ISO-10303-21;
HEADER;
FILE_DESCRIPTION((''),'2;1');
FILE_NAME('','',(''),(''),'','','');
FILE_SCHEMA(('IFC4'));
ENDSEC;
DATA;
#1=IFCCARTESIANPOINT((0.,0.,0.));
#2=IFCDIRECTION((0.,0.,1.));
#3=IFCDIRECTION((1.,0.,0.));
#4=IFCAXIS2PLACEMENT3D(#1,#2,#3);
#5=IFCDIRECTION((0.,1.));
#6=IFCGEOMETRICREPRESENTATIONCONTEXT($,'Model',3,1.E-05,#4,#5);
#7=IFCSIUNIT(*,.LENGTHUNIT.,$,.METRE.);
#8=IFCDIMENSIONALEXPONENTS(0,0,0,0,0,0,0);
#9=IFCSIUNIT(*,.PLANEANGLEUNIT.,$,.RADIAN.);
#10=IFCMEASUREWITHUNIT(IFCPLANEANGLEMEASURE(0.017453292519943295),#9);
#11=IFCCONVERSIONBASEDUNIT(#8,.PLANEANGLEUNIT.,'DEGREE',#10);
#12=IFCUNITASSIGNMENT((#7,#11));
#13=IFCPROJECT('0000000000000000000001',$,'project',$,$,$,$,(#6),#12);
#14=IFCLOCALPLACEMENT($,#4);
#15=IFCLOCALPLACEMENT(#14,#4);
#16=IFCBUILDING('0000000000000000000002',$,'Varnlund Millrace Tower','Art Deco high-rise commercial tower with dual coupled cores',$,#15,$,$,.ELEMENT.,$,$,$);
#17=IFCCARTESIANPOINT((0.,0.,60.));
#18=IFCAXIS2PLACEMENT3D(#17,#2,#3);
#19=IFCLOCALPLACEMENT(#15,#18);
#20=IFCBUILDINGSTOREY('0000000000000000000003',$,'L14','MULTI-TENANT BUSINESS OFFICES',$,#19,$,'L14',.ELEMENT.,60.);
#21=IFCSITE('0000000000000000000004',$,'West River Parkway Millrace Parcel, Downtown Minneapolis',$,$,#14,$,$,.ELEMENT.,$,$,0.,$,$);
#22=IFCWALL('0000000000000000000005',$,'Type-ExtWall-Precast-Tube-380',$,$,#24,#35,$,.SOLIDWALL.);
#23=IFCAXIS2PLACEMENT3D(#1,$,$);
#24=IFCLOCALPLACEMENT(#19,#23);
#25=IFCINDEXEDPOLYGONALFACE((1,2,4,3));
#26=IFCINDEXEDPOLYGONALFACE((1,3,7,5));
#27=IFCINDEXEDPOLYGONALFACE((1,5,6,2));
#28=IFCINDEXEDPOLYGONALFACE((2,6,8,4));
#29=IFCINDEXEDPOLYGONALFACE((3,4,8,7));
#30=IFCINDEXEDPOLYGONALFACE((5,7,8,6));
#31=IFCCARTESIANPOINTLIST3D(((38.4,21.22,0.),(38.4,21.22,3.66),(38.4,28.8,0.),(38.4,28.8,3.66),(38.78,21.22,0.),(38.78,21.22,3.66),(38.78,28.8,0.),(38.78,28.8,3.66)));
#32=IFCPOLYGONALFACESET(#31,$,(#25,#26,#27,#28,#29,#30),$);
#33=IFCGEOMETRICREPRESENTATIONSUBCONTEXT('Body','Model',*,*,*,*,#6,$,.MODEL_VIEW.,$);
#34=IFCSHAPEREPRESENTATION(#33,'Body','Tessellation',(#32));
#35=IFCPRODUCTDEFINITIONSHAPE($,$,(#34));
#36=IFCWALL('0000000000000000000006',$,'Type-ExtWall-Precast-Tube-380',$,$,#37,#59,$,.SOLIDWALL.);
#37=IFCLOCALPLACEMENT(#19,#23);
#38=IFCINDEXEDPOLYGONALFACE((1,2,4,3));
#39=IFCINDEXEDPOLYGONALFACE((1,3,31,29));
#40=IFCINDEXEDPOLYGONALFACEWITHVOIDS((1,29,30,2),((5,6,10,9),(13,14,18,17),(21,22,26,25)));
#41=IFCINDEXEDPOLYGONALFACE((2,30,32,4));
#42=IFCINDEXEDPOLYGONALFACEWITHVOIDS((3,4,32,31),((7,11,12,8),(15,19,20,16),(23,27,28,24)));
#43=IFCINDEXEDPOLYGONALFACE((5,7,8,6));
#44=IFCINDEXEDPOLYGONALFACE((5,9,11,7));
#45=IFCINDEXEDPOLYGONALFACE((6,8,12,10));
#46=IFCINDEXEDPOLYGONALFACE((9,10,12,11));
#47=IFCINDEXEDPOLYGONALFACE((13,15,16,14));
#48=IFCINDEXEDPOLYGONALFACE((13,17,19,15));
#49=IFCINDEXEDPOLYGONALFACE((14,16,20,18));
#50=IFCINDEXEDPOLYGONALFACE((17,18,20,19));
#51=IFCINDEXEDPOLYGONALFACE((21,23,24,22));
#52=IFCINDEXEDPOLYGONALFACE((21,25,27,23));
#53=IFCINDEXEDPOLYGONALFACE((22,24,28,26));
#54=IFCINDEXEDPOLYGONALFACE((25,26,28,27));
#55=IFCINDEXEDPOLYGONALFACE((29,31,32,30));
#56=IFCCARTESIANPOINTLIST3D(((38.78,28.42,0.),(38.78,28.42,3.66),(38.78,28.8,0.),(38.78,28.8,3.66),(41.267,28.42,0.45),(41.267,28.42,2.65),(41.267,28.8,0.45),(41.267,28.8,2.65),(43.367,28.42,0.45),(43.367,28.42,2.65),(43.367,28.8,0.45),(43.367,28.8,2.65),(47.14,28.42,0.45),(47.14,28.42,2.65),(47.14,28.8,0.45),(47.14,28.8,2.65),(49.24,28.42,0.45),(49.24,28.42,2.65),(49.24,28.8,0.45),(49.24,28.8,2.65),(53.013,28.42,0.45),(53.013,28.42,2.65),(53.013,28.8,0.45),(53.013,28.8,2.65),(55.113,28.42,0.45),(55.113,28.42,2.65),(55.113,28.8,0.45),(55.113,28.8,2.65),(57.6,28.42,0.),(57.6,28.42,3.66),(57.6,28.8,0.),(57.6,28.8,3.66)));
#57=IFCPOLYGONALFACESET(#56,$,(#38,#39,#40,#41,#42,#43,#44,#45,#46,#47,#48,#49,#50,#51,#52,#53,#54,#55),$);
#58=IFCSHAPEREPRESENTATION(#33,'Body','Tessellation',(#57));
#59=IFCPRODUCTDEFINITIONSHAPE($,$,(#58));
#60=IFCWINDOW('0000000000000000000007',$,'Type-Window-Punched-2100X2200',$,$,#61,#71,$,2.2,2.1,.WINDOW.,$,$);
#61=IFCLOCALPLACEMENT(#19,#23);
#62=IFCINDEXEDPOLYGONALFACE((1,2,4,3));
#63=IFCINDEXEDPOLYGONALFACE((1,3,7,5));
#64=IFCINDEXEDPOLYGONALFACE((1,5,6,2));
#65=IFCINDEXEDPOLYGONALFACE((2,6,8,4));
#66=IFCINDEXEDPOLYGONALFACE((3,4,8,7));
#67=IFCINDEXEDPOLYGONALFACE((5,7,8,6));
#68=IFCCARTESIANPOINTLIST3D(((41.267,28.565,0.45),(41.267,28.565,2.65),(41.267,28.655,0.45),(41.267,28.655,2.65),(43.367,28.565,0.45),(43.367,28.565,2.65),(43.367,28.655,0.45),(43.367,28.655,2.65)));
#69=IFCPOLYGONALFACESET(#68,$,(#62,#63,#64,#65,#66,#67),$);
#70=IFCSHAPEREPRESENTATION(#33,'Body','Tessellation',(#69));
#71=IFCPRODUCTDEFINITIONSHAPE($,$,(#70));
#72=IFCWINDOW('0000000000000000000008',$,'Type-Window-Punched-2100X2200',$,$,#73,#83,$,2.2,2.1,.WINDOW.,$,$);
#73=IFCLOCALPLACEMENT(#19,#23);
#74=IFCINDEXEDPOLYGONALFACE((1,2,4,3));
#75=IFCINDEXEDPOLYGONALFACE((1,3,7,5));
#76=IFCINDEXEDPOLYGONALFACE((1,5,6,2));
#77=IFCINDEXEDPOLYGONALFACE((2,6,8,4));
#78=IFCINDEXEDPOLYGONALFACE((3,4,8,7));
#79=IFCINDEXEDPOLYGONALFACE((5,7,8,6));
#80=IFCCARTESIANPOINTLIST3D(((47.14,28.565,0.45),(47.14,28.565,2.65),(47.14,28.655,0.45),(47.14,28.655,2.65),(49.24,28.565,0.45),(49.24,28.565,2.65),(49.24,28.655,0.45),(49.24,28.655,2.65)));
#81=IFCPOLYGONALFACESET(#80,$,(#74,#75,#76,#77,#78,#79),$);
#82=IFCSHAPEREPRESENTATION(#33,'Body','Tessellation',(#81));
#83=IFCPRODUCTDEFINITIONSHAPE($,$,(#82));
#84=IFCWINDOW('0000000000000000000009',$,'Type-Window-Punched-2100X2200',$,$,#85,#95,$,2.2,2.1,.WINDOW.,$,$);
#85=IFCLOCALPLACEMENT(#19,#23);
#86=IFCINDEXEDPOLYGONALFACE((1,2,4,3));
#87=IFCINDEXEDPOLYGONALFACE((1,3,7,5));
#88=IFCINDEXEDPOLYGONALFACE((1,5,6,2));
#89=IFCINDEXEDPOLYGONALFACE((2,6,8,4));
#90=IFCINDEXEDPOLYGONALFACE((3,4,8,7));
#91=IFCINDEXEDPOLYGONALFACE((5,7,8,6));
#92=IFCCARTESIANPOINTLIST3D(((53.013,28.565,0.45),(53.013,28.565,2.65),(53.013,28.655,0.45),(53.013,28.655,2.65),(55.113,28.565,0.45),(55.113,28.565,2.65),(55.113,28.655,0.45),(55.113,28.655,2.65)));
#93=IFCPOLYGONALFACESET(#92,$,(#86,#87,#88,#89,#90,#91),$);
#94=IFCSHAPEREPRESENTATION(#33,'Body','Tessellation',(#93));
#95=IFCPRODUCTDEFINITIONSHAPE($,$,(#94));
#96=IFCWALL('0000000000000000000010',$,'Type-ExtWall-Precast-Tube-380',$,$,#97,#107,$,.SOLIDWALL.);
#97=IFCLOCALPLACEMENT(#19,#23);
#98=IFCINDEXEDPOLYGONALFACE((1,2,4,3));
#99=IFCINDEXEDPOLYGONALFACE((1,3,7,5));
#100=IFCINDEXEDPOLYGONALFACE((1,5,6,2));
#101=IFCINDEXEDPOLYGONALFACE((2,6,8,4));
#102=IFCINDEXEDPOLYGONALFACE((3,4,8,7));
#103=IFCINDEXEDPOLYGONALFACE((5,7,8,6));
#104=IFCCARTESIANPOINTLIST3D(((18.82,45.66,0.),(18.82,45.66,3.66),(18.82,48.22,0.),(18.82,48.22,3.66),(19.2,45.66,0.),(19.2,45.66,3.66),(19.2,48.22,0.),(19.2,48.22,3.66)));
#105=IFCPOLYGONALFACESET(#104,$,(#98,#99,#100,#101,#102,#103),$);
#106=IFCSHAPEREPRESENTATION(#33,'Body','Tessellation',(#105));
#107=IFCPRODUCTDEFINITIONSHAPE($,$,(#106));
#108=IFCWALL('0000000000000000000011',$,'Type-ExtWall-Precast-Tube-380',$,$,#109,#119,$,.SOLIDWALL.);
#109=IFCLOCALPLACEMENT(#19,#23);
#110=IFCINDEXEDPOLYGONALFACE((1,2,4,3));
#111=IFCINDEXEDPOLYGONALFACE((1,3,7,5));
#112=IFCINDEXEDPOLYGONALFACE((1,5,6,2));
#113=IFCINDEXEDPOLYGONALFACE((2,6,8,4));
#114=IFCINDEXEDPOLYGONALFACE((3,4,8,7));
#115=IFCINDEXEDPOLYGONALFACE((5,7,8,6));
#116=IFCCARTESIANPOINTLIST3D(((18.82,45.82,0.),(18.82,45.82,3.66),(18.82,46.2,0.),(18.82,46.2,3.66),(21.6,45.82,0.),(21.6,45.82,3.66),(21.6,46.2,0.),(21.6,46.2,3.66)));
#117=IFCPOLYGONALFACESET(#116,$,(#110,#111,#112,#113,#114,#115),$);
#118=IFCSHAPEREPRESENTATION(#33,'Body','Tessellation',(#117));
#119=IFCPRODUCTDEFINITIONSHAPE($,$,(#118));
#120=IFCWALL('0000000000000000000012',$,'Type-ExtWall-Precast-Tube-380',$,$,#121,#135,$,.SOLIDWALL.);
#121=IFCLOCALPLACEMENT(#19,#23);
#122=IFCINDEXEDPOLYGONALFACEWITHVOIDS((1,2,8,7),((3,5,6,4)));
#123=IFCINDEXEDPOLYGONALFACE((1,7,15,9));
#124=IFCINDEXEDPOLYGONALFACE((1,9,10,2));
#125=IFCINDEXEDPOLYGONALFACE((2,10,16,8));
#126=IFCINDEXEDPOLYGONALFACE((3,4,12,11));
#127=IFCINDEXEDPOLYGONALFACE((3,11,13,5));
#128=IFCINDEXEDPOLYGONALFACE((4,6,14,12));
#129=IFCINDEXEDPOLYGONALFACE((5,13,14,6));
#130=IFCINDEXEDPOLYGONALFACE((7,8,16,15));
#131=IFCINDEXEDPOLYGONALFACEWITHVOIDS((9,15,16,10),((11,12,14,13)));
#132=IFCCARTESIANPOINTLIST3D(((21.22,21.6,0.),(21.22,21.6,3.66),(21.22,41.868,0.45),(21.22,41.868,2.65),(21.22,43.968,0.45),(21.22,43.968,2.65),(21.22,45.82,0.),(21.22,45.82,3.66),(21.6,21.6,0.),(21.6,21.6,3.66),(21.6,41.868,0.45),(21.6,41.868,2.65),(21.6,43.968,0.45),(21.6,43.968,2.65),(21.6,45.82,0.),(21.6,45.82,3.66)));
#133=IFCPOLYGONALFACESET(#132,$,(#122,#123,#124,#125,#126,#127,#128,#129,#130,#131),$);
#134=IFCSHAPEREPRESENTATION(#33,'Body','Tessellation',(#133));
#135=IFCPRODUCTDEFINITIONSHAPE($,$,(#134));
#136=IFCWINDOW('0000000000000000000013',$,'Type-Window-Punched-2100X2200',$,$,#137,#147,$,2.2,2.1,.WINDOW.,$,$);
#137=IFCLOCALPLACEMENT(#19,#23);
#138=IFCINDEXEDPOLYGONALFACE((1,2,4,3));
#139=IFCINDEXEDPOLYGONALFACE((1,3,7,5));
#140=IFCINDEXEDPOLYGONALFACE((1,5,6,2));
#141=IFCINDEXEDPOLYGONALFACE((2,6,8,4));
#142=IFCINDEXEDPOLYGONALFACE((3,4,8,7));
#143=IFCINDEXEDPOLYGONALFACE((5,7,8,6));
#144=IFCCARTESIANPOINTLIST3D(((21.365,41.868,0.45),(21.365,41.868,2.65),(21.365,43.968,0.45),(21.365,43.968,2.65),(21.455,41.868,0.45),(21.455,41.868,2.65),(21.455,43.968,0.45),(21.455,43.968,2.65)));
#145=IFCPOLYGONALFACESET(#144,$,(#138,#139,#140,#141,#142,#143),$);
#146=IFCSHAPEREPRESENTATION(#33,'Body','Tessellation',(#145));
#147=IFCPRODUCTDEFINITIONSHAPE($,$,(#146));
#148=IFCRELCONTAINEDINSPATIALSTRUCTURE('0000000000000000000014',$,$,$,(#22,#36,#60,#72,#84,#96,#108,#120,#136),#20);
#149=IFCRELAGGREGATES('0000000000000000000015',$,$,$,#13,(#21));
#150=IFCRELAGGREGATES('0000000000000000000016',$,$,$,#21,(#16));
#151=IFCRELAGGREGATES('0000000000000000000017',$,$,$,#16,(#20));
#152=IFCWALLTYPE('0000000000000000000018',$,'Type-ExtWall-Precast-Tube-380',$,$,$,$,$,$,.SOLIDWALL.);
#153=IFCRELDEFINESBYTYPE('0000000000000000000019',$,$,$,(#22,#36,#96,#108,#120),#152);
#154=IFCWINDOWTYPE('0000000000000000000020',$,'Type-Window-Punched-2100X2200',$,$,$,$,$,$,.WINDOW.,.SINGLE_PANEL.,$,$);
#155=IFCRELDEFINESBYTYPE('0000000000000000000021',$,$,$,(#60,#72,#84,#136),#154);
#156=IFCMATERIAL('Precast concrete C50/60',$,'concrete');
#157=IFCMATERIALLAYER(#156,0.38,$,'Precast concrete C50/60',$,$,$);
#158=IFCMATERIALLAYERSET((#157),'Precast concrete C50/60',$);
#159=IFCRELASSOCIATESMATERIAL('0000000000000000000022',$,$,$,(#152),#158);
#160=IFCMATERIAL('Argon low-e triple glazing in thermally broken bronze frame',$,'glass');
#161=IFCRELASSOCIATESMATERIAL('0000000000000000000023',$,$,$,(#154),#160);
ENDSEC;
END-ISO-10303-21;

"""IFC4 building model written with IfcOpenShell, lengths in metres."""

from ifc_helpers import new_model, entity, si_unit, converted_unit, direction, frame, origin_with_axes, origin_2d_with_axis, place, context, subcontext, project, spatial, polyline, rectangle, outline, extrude, material, layer, layer_set, type_object, element, fill, save


model = new_model("IFC4")

# Units and contexts
model_context = context("Model", 3, precision=1e-05, world=origin_with_axes(), true_north=direction((0.0, 1.0)))
body_context = subcontext(model_context, "Body", "Model", "MODEL_VIEW")
ifc_project = project(units=[si_unit("LENGTHUNIT", "METRE"), converted_unit("PLANEANGLEUNIT", "DEGREE", entity("IfcPlaneAngleMeasure", 0.017453292519943295), si_unit("PLANEANGLEUNIT", "RADIAN"), dimensions=[0, 0, 0, 0, 0, 0, 0])], contexts=[model_context])

# Site, building, storey
site_placement = place(None, origin_with_axes())
site = spatial("IfcSite", under=ifc_project, at=site_placement, Name="West River Parkway Millrace Parcel, Downtown Minneapolis", CompositionType="ELEMENT", RefElevation=0.0)
building_placement = place(site_placement, origin_with_axes())
building = spatial("IfcBuilding", under=site, at=building_placement, Name="Varnlund Millrace Tower", Description="Art Deco high-rise commercial tower with dual coupled cores", CompositionType="ELEMENT")
storey_placement = place(building_placement, frame((0.0, 0.0, 60.0), z_axis=(0.0, 0.0, 1.0), x_axis=(1.0, 0.0, 0.0)))
storey = spatial("IfcBuildingStorey", under=building, at=storey_placement, Name="L14", Description="MULTI-TENANT BUSINESS OFFICES", LongName="L14", CompositionType="ELEMENT", Elevation=60.0)

# Wall
ifc_material_1 = material(Name="Precast concrete C50/60", Category="concrete")
ifc_layer_1 = layer(ifc_material_1, 0.38, Name="Precast concrete C50/60")
ifc_layer_set_1 = layer_set([ifc_layer_1], Name="Precast concrete C50/60")
wall_type_1 = type_object("IfcWallType", Name="Type-ExtWall-Precast-Tube-380", PredefinedType="SOLIDWALL", material=ifc_layer_set_1)
wall_1_placement = place(storey_placement, frame((38.59, 21.22, 0.0), z_axis=(0.0, 0.0, 1.0), x_axis=(0.0, 1.0, 0.0)))
element("IfcWall", 1, at=wall_1_placement, inside=storey, type_object=wall_type_1, Name="Type-ExtWall-Precast-Tube-380", PredefinedType="SOLIDWALL", context=body_context, shape_type="SweptSolid", body=[
    extrude(outline(polyline([(0.0, -0.19), (7.58, -0.19), (7.58, 0.19), (0.0, 0.19), (0.0, -0.19)])), origin_with_axes(), (0.0, 0.0, 1.0), 3.66),
])

# Wall, openings, windows
wall_2_placement = place(storey_placement, frame((38.78, 28.61, 0.0), z_axis=(0.0, 0.0, 1.0), x_axis=(1.0, 0.0, 0.0)))
wall_2 = element("IfcWall", 2, at=wall_2_placement, inside=storey, type_object=wall_type_1, Name="Type-ExtWall-Precast-Tube-380", PredefinedType="SOLIDWALL", context=body_context, shape_type="SweptSolid", body=[
    extrude(outline(polyline([(0.0, -0.19), (18.82, -0.19), (18.82, 0.19), (0.0, 0.19), (0.0, -0.19)])), origin_with_axes(), (0.0, 0.0, 1.0), 3.66),
])
opening_1_placement = place(wall_2_placement, frame((3.537, 0.0, 0.45), z_axis=(0.0, 0.0, 1.0), x_axis=(1.0, 0.0, 0.0)))
opening_1 = element("IfcOpeningElement", 3, at=opening_1_placement, cuts=wall_2, PredefinedType="OPENING", context=body_context, shape_type="SweptSolid", body=[
    extrude(rectangle(XDim=2.1, YDim=0.4, at=origin_2d_with_axis()), origin_with_axes(), (0.0, 0.0, 1.0), 2.2),
])
opening_2_placement = place(wall_2_placement, frame((9.41, 0.0, 0.45), z_axis=(0.0, 0.0, 1.0), x_axis=(1.0, 0.0, 0.0)))
opening_2 = element("IfcOpeningElement", 4, at=opening_2_placement, cuts=wall_2, PredefinedType="OPENING", context=body_context, shape_type="SweptSolid", body=[
    extrude(rectangle(XDim=2.1, YDim=0.4, at=origin_2d_with_axis()), origin_with_axes(), (0.0, 0.0, 1.0), 2.2),
])
opening_3_placement = place(wall_2_placement, frame((15.283, 0.0, 0.45), z_axis=(0.0, 0.0, 1.0), x_axis=(1.0, 0.0, 0.0)))
opening_3 = element("IfcOpeningElement", 5, at=opening_3_placement, cuts=wall_2, PredefinedType="OPENING", context=body_context, shape_type="SweptSolid", body=[
    extrude(rectangle(XDim=2.1, YDim=0.4, at=origin_2d_with_axis()), origin_with_axes(), (0.0, 0.0, 1.0), 2.2),
])
ifc_material_2 = material(Name="Argon low-e triple glazing in thermally broken bronze frame", Category="glass")
window_type = type_object("IfcWindowType", Name="Type-Window-Punched-2100X2200", PartitioningType="SINGLE_PANEL", PredefinedType="WINDOW", material=ifc_material_2)
window_1_placement = place(wall_2_placement, frame((3.537, 0.0, 0.45), z_axis=(0.0, 0.0, 1.0), x_axis=(1.0, 0.0, 0.0)))
window_1 = element("IfcWindow", 6, at=window_1_placement, inside=storey, type_object=window_type, Name="Type-Window-Punched-2100X2200", OverallHeight=2.2, OverallWidth=2.1, PredefinedType="WINDOW", context=body_context, shape_type="SweptSolid", body=[
    extrude(rectangle(XDim=2.1, YDim=0.09, at=origin_2d_with_axis()), origin_with_axes(), (0.0, 0.0, 1.0), 2.2),
])
fill(opening_1, window_1)
window_2_placement = place(wall_2_placement, frame((9.41, 0.0, 0.45), z_axis=(0.0, 0.0, 1.0), x_axis=(1.0, 0.0, 0.0)))
window_2 = element("IfcWindow", 7, at=window_2_placement, inside=storey, type_object=window_type, Name="Type-Window-Punched-2100X2200", OverallHeight=2.2, OverallWidth=2.1, PredefinedType="WINDOW", context=body_context, shape_type="SweptSolid", body=[
    extrude(rectangle(XDim=2.1, YDim=0.09, at=origin_2d_with_axis()), origin_with_axes(), (0.0, 0.0, 1.0), 2.2),
])
fill(opening_2, window_2)
window_3_placement = place(wall_2_placement, frame((15.283, 0.0, 0.45), z_axis=(0.0, 0.0, 1.0), x_axis=(1.0, 0.0, 0.0)))
window_3 = element("IfcWindow", 8, at=window_3_placement, inside=storey, type_object=window_type, Name="Type-Window-Punched-2100X2200", OverallHeight=2.2, OverallWidth=2.1, PredefinedType="WINDOW", context=body_context, shape_type="SweptSolid", body=[
    extrude(rectangle(XDim=2.1, YDim=0.09, at=origin_2d_with_axis()), origin_with_axes(), (0.0, 0.0, 1.0), 2.2),
])
fill(opening_3, window_3)

# Walls
wall_3_placement = place(storey_placement, frame((19.01, 48.22, 0.0), z_axis=(0.0, 0.0, 1.0), x_axis=(0.0, -1.0, 0.0)))
element("IfcWall", 9, at=wall_3_placement, inside=storey, type_object=wall_type_1, Name="Type-ExtWall-Precast-Tube-380", PredefinedType="SOLIDWALL", context=body_context, shape_type="SweptSolid", body=[
    extrude(outline(polyline([(0.0, -0.19), (2.56, -0.19), (2.56, 0.19), (0.0, 0.19), (0.0, -0.19)])), origin_with_axes(), (0.0, 0.0, 1.0), 3.66),
])
wall_4_placement = place(storey_placement, frame((18.82, 46.01, 0.0), z_axis=(0.0, 0.0, 1.0), x_axis=(1.0, 0.0, 0.0)))
element("IfcWall", 10, at=wall_4_placement, inside=storey, type_object=wall_type_1, Name="Type-ExtWall-Precast-Tube-380", PredefinedType="SOLIDWALL", context=body_context, shape_type="SweptSolid", body=[
    extrude(outline(polyline([(0.0, -0.19), (2.78, -0.19), (2.78, 0.19), (0.0, 0.19), (0.0, -0.19)])), origin_with_axes(), (0.0, 0.0, 1.0), 3.66),
])

# Wall, opening, window
wall_5_placement = place(storey_placement, frame((21.41, 45.82, 0.0), z_axis=(0.0, 0.0, 1.0), x_axis=(0.0, -1.0, 0.0)))
wall_5 = element("IfcWall", 11, at=wall_5_placement, inside=storey, type_object=wall_type_1, Name="Type-ExtWall-Precast-Tube-380", PredefinedType="SOLIDWALL", context=body_context, shape_type="SweptSolid", body=[
    extrude(outline(polyline([(0.0, -0.19), (24.22, -0.19), (24.22, 0.19), (0.0, 0.19), (0.0, -0.19)])), origin_with_axes(), (0.0, 0.0, 1.0), 3.66),
])
opening_4_placement = place(wall_5_placement, frame((2.902, 0.0, 0.45), z_axis=(0.0, 0.0, 1.0), x_axis=(1.0, 0.0, 0.0)))
opening_4 = element("IfcOpeningElement", 12, at=opening_4_placement, cuts=wall_5, PredefinedType="OPENING", context=body_context, shape_type="SweptSolid", body=[
    extrude(rectangle(XDim=2.1, YDim=0.4, at=origin_2d_with_axis()), origin_with_axes(), (0.0, 0.0, 1.0), 2.2),
])
window_4_placement = place(wall_5_placement, frame((2.902, 0.0, 0.45), z_axis=(0.0, 0.0, 1.0), x_axis=(1.0, 0.0, 0.0)))
window_4 = element("IfcWindow", 13, at=window_4_placement, inside=storey, type_object=window_type, Name="Type-Window-Punched-2100X2200", OverallHeight=2.2, OverallWidth=2.1, PredefinedType="WINDOW", context=body_context, shape_type="SweptSolid", body=[
    extrude(rectangle(XDim=2.1, YDim=0.09, at=origin_2d_with_axis()), origin_with_axes(), (0.0, 0.0, 1.0), 2.2),
])
fill(opening_4, window_4)

save(model, "model.ifc")
